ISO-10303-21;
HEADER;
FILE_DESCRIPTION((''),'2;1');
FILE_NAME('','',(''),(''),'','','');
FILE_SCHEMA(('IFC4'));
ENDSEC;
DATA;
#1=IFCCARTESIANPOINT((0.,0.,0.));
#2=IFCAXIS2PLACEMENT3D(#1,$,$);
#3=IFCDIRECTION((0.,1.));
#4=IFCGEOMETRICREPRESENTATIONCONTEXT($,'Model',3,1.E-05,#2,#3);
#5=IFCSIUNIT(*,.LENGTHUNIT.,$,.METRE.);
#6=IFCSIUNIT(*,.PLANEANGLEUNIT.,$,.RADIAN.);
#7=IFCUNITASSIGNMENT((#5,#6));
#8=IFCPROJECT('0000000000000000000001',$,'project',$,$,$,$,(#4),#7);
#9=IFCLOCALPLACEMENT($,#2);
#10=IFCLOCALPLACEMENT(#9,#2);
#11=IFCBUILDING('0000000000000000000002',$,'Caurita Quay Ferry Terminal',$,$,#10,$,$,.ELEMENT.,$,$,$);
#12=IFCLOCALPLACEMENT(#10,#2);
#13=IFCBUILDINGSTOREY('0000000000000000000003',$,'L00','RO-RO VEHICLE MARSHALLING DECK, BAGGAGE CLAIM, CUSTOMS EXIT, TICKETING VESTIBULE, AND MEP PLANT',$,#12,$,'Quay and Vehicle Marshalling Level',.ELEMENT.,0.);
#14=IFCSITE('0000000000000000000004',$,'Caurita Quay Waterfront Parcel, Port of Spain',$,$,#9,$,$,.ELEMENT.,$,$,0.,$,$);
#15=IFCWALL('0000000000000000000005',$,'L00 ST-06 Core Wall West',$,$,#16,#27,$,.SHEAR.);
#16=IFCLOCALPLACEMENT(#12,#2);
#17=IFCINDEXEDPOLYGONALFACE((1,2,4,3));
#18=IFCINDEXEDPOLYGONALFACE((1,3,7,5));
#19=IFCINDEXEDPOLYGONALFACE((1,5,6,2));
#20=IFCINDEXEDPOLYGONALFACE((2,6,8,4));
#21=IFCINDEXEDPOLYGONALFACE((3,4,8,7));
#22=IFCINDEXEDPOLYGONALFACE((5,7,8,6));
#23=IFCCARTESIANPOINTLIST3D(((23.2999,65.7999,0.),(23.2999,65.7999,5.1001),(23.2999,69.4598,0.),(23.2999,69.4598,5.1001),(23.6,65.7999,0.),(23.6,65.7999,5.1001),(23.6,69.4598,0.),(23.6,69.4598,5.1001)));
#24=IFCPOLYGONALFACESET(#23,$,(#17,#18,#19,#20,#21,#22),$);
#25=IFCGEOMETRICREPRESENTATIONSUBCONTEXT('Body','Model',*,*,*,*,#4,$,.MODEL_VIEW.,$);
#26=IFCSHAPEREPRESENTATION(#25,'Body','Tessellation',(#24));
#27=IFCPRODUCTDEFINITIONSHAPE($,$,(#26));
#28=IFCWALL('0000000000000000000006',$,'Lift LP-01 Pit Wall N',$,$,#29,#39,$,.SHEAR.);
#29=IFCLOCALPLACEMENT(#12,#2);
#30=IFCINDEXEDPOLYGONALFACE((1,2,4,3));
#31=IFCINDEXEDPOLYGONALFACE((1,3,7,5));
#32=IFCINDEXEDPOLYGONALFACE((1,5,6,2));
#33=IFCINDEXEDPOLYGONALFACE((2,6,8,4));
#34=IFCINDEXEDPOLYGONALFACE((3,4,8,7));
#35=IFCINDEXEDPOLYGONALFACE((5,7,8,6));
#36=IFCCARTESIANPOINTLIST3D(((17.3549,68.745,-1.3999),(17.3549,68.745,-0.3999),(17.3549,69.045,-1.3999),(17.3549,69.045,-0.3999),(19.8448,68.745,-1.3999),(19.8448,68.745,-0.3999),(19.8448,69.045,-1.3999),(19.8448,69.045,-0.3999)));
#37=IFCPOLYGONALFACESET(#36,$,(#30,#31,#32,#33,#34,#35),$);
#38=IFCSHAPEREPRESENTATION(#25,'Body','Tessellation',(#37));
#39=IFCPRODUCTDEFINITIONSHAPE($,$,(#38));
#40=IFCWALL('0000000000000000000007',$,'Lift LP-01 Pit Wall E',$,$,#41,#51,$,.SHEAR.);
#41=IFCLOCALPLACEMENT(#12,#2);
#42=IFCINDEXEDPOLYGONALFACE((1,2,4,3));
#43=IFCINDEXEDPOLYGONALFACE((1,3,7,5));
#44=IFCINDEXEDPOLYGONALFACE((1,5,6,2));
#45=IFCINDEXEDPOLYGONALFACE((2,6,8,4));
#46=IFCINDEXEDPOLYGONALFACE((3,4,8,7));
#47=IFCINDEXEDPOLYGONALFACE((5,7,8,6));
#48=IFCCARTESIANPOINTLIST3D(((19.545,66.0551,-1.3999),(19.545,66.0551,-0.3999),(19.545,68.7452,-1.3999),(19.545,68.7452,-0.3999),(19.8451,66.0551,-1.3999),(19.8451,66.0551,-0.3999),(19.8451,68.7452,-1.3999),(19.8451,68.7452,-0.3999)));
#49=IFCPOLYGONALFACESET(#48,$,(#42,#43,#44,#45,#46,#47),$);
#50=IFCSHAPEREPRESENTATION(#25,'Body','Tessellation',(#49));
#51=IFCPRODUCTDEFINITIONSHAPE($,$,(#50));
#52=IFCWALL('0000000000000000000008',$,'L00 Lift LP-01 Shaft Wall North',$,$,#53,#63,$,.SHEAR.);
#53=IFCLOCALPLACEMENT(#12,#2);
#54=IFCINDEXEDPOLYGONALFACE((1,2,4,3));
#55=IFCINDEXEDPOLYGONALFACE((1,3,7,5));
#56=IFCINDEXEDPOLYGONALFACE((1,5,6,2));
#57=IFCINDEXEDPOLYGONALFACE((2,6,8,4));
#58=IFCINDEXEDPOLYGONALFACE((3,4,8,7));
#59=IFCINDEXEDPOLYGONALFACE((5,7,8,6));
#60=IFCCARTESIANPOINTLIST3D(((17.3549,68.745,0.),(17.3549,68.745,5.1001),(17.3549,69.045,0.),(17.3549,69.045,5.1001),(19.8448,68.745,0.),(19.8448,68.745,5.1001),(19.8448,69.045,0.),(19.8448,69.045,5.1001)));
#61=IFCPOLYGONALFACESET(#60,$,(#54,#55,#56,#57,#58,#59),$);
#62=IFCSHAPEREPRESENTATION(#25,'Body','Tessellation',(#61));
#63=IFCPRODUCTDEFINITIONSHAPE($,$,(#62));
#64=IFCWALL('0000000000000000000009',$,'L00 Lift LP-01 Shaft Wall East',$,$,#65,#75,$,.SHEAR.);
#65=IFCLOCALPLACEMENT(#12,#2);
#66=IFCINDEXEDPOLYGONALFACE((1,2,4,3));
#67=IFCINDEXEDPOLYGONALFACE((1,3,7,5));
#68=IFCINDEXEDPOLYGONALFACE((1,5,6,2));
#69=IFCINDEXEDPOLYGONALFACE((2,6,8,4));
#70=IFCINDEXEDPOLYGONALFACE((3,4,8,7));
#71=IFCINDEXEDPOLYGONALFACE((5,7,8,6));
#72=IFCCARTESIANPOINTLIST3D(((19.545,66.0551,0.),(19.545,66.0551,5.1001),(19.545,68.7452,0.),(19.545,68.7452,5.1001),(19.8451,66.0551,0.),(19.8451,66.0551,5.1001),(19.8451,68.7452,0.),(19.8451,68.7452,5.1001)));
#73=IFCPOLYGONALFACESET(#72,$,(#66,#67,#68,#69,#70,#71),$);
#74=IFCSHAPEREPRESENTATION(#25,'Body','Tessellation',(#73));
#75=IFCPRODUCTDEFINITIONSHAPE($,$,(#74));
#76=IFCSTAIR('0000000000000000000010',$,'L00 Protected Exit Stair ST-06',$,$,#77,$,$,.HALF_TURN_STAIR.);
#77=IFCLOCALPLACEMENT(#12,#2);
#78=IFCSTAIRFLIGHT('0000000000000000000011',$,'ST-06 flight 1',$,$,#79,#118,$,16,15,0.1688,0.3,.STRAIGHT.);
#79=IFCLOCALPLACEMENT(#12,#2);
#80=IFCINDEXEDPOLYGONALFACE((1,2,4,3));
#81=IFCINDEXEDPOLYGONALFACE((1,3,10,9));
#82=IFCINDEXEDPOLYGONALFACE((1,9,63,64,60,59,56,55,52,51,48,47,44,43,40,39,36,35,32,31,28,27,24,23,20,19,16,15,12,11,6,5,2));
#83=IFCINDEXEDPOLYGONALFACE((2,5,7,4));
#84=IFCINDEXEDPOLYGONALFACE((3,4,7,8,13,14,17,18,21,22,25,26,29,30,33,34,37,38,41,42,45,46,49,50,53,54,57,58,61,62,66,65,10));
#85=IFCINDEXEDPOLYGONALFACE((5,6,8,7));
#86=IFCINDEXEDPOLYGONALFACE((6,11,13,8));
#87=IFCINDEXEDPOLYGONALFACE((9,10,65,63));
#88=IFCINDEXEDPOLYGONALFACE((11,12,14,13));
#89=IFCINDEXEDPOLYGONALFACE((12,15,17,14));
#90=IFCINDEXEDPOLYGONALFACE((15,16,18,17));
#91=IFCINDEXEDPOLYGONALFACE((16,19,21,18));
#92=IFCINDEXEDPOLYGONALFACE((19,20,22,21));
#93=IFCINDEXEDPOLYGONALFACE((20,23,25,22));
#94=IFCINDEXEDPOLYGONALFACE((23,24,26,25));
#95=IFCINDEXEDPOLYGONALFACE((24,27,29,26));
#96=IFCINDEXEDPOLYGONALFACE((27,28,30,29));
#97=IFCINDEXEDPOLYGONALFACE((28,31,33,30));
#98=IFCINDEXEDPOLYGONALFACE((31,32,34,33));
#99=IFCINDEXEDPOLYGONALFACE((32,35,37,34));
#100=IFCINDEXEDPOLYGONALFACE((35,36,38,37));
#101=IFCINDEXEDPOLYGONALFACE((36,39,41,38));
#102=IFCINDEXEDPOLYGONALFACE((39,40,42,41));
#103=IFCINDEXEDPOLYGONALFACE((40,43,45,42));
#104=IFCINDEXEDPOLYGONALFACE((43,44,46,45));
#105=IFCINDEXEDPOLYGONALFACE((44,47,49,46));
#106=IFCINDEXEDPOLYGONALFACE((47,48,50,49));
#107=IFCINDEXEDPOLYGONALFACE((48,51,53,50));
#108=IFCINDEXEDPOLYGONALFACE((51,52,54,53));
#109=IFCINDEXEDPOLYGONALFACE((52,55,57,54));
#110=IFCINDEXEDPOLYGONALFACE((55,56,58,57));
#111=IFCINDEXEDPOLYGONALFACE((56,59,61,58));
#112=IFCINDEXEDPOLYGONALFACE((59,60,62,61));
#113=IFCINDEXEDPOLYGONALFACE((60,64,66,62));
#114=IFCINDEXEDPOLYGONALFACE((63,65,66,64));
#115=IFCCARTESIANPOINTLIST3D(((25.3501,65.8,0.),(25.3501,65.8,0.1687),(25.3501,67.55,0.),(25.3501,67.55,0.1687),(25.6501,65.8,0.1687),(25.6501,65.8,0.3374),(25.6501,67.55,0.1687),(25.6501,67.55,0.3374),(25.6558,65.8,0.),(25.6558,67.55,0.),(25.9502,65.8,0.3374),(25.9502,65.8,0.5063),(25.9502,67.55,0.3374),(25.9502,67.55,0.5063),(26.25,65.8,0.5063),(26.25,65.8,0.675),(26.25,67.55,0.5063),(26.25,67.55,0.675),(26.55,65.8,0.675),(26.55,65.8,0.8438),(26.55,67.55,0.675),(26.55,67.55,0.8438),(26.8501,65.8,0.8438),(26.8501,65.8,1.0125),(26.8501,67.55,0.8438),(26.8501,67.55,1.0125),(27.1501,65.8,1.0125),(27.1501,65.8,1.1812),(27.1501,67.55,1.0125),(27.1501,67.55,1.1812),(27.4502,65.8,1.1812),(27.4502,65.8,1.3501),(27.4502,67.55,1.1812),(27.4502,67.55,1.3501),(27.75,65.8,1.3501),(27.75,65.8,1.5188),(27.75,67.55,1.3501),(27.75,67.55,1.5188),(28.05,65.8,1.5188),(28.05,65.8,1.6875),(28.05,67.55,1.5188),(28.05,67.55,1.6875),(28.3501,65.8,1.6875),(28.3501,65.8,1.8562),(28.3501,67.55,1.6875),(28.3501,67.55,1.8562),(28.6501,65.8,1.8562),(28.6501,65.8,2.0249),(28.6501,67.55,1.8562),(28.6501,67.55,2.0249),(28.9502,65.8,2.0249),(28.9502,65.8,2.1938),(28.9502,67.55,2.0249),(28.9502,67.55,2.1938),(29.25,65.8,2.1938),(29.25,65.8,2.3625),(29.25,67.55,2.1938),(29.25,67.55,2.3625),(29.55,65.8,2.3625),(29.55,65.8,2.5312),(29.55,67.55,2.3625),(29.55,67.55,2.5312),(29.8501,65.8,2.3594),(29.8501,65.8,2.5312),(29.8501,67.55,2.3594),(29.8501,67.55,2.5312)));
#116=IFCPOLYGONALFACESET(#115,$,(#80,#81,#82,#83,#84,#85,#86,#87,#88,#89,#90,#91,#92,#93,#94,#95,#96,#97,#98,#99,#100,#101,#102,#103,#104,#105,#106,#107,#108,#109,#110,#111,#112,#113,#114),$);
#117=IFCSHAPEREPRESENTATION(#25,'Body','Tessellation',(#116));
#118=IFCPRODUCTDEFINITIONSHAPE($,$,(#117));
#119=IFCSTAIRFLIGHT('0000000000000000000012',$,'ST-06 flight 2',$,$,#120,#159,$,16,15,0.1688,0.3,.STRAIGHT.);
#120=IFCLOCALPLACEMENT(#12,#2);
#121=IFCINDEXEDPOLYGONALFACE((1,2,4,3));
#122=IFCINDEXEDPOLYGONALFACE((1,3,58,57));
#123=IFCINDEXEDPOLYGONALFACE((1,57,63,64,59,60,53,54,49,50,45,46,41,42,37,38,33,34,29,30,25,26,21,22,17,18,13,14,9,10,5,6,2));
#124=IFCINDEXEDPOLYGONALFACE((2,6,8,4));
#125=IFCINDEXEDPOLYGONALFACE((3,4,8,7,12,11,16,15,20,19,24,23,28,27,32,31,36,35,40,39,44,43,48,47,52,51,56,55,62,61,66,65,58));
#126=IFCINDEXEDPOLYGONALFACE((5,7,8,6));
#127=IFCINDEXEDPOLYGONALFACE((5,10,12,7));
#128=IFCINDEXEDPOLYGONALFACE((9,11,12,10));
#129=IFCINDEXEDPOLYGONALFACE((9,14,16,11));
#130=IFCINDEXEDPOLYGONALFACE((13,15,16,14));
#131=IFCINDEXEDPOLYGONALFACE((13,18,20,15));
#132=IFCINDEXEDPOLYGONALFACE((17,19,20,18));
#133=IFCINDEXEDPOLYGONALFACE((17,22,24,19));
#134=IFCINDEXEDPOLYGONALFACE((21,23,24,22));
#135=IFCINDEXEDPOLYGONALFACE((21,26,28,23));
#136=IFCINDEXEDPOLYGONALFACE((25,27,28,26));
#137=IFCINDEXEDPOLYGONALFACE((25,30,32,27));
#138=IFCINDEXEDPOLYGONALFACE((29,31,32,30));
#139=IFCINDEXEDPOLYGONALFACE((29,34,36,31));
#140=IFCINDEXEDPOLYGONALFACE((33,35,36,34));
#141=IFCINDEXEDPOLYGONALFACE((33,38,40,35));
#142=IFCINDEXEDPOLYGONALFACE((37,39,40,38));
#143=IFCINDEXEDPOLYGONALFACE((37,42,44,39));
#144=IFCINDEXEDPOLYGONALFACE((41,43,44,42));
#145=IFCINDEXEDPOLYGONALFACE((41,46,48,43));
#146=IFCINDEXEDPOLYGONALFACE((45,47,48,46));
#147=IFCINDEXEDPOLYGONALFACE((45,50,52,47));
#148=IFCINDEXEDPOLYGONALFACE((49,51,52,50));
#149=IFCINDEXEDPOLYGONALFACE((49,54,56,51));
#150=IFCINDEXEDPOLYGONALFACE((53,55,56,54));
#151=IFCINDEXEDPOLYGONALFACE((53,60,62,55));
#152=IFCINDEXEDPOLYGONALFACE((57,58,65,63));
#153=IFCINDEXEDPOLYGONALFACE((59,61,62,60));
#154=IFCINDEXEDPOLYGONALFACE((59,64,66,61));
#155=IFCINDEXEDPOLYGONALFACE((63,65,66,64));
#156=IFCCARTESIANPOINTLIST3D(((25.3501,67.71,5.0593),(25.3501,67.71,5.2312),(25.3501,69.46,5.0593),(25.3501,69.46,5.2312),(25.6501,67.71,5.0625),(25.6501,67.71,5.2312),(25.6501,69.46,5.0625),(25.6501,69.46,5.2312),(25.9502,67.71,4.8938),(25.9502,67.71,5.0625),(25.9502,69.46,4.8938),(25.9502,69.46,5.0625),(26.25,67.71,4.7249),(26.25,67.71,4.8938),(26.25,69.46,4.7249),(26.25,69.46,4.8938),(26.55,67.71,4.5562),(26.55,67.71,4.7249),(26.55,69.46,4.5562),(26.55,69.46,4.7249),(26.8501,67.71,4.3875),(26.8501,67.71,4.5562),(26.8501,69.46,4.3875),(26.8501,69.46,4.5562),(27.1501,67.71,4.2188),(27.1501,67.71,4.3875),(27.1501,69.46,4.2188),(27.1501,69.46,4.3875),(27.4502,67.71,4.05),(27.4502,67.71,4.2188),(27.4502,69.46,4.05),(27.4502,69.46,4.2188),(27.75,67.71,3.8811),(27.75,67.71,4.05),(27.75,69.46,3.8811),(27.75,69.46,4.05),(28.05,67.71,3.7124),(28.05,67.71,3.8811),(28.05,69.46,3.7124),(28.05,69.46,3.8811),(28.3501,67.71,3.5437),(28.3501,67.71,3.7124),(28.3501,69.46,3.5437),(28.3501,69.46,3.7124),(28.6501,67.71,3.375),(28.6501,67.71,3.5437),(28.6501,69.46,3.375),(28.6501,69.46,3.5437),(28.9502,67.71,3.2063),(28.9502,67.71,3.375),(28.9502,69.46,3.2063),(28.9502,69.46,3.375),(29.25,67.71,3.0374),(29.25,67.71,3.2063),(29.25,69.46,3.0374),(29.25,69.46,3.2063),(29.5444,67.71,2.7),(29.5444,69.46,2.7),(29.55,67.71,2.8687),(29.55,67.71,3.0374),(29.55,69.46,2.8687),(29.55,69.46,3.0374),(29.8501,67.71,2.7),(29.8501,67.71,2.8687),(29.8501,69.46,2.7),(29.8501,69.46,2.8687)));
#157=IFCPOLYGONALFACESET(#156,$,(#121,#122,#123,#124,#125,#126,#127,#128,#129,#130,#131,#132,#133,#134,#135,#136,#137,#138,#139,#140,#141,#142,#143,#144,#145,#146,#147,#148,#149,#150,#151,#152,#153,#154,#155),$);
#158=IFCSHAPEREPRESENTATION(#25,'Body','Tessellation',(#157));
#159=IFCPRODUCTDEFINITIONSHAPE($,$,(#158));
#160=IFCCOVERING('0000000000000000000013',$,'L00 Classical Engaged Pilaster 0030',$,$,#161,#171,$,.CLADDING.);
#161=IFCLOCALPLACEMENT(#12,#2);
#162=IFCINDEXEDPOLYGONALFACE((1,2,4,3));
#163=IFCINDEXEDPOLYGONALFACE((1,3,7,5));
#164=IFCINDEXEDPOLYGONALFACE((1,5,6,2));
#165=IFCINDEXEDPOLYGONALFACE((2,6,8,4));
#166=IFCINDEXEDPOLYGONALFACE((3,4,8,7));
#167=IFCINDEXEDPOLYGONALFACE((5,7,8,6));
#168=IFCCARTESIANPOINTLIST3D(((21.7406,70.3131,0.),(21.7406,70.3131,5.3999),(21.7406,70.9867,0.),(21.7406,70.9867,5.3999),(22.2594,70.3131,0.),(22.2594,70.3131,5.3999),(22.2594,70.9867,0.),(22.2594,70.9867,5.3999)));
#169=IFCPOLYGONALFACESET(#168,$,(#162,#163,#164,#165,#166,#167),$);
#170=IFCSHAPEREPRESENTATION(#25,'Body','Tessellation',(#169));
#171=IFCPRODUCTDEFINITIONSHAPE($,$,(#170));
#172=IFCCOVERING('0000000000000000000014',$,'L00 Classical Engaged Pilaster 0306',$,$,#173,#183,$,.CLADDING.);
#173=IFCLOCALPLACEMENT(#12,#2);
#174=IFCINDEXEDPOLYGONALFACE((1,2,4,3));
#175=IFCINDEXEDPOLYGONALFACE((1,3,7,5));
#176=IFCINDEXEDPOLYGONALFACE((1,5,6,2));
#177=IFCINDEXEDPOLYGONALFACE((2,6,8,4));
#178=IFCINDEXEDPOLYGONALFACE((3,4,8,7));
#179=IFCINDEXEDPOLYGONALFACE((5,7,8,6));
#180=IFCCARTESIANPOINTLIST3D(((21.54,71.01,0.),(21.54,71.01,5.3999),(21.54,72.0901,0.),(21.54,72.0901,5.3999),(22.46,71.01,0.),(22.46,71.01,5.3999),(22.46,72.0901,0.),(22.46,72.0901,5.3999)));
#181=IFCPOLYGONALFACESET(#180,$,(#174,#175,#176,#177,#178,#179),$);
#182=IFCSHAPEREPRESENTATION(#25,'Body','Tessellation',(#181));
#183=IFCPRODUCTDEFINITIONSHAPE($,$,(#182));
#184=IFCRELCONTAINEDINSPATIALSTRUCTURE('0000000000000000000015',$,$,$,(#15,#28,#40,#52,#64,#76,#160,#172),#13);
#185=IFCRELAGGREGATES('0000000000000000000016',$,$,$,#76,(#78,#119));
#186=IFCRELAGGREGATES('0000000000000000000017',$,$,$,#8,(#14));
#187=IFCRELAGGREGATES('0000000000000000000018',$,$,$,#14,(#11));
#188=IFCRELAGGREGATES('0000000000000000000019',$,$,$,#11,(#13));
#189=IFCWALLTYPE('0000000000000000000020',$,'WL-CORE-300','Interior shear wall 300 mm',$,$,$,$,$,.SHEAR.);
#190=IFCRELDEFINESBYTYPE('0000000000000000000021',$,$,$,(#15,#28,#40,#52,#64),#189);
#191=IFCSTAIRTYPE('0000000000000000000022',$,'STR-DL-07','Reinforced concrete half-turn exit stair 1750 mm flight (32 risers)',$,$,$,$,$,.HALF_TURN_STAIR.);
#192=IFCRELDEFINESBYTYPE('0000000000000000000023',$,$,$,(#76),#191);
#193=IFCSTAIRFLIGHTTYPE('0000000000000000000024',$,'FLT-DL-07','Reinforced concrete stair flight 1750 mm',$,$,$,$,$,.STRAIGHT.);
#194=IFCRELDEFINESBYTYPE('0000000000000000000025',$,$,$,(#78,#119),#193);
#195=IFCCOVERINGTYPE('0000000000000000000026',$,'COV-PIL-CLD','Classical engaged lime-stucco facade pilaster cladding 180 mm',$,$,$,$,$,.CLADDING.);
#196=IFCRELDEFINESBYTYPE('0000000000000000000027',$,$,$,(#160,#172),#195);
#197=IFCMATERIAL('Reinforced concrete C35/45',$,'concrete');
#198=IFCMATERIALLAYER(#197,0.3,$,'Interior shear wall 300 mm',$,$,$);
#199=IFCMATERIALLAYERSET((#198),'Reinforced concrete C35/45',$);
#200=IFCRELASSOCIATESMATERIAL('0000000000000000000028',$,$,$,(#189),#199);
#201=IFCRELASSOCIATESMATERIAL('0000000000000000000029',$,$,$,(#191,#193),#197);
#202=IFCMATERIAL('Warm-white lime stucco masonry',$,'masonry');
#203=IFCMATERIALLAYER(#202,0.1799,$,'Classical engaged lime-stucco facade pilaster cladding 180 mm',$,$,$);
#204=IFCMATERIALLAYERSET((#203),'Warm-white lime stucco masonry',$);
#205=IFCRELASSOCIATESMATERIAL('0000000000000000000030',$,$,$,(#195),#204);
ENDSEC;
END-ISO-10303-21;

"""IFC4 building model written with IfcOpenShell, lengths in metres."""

from ifc_helpers import new_model, si_unit, direction, frame, frame_2d, origin, origin_2d, place, context, subcontext, project, spatial, polyline, rectangle, outline, extrude, material, layer, layer_set, type_object, element, aggregate, save


model = new_model("IFC4")

# Units and contexts
model_context = context("Model", 3, precision=1e-05, world=origin(), true_north=direction((0.0, 1.0)))
body_context = subcontext(model_context, "Body", "Model", "MODEL_VIEW")
ifc_project = project(units=[si_unit("LENGTHUNIT", "METRE"), si_unit("PLANEANGLEUNIT", "RADIAN")], contexts=[model_context])

# Site, building, storey
site_placement = place(None, origin())
site = spatial("IfcSite", under=ifc_project, at=site_placement, Name="Caurita Quay Waterfront Parcel, Port of Spain", CompositionType="ELEMENT", RefElevation=0.0)
building_placement = place(site_placement, origin())
building = spatial("IfcBuilding", under=site, at=building_placement, Name="Caurita Quay Ferry Terminal", CompositionType="ELEMENT")
storey_placement = place(building_placement, origin())
storey = spatial("IfcBuildingStorey", under=building, at=storey_placement, Name="L00", Description="RO-RO VEHICLE MARSHALLING DECK, BAGGAGE CLAIM, CUSTOMS EXIT, TICKETING VESTIBULE, AND MEP PLANT", LongName="Quay and Vehicle Marshalling Level", CompositionType="ELEMENT", Elevation=0.0)

# Walls
ifc_material_1 = material(Name="Reinforced concrete C35/45", Category="concrete")
ifc_layer_1 = layer(ifc_material_1, 0.3, Name="Interior shear wall 300 mm")
ifc_layer_set_1 = layer_set([ifc_layer_1], Name="Reinforced concrete C35/45")
wall_type = type_object("IfcWallType", Name="WL-CORE-300", Description="Interior shear wall 300 mm", PredefinedType="SHEAR", material=ifc_layer_set_1)
wall_1_placement = place(storey_placement, frame((23.45, 69.46, 0.0), z_axis=(0.0, 0.0, 1.0), x_axis=(0.0, -1.0, 0.0)))
element("IfcWall", 1, at=wall_1_placement, inside=storey, type_object=wall_type, Name="L00 ST-06 Core Wall West", PredefinedType="SHEAR", context=body_context, shape_type="SweptSolid", body=[
    extrude(rectangle(XDim=3.6599, YDim=0.3, at=frame_2d((1.8301, 0.0))), origin(), (0.0, 0.0, 1.0), 5.1001),
])
wall_2_placement = place(storey_placement, frame((19.845, 68.895, -1.3999), z_axis=(0.0, 0.0, 1.0), x_axis=(-1.0, 0.0, 0.0)))
element("IfcWall", 2, at=wall_2_placement, inside=storey, type_object=wall_type, Name="Lift LP-01 Pit Wall N", PredefinedType="SHEAR", context=body_context, shape_type="SweptSolid", body=[
    extrude(rectangle(XDim=2.49, YDim=0.3, at=frame_2d((1.2451, 0.0))), origin(), (0.0, 0.0, 1.0), 1.0),
])
wall_3_placement = place(storey_placement, frame((19.6951, 66.0549, -1.3999), z_axis=(0.0, 0.0, 1.0), x_axis=(0.0, 1.0, 0.0)))
element("IfcWall", 3, at=wall_3_placement, inside=storey, type_object=wall_type, Name="Lift LP-01 Pit Wall E", PredefinedType="SHEAR", context=body_context, shape_type="SweptSolid", body=[
    extrude(rectangle(XDim=2.6902, YDim=0.3, at=frame_2d((1.3452, 0.0))), origin(), (0.0, 0.0, 1.0), 1.0),
])
wall_4_placement = place(storey_placement, frame((19.845, 68.895, 0.0), z_axis=(0.0, 0.0, 1.0), x_axis=(-1.0, 0.0, 0.0)))
element("IfcWall", 4, at=wall_4_placement, inside=storey, type_object=wall_type, Name="L00 Lift LP-01 Shaft Wall North", PredefinedType="SHEAR", context=body_context, shape_type="SweptSolid", body=[
    extrude(rectangle(XDim=2.49, YDim=0.3, at=frame_2d((1.2451, 0.0))), origin(), (0.0, 0.0, 1.0), 5.1001),
])
wall_5_placement = place(storey_placement, frame((19.6951, 66.0549, 0.0), z_axis=(0.0, 0.0, 1.0), x_axis=(0.0, 1.0, 0.0)))
element("IfcWall", 5, at=wall_5_placement, inside=storey, type_object=wall_type, Name="L00 Lift LP-01 Shaft Wall East", PredefinedType="SHEAR", context=body_context, shape_type="SweptSolid", body=[
    extrude(rectangle(XDim=2.6902, YDim=0.3, at=frame_2d((1.3452, 0.0))), origin(), (0.0, 0.0, 1.0), 5.1001),
])

# Stair, stair flights
stair_type = type_object("IfcStairType", Name="STR-DL-07", Description="Reinforced concrete half-turn exit stair 1750 mm flight (32 risers)", PredefinedType="HALF_TURN_STAIR", material=ifc_material_1)
stair_placement = place(storey_placement, origin())
stair = element("IfcStair", 6, at=stair_placement, inside=storey, type_object=stair_type, Name="L00 Protected Exit Stair ST-06", PredefinedType="HALF_TURN_STAIR")
stair_flight_type = type_object("IfcStairFlightType", Name="FLT-DL-07", Description="Reinforced concrete stair flight 1750 mm", PredefinedType="STRAIGHT", material=ifc_material_1)
stair_flight_1_placement = place(storey_placement, frame((25.3501, 66.675, 0.0), z_axis=(0.0, 0.0, 1.0), x_axis=(1.0, 0.0, 0.0)))
stair_flight_1 = element("IfcStairFlight", 7, at=stair_flight_1_placement, type_object=stair_flight_type, Name="ST-06 flight 1", NumberOfRisers=16, NumberOfTreads=15, PredefinedType="STRAIGHT", RiserHeight=0.1688, TreadLength=0.3, context=body_context, shape_type="SweptSolid", body=[
    extrude(outline(polyline([(0.0, 0.0), (0.0, 0.1687), (0.3, 0.1687), (0.3, 0.3374), (0.6001, 0.3374), (0.6001, 0.5063), (0.8999, 0.5063), (0.8999, 0.675), (1.2, 0.675), (1.2, 0.8438), (1.5, 0.8438), (1.5, 1.0125), (1.8, 1.0125), (1.8, 1.1812), (2.1001, 1.1812), (2.1001, 1.3501), (2.3999, 1.3501), (2.3999, 1.5188), (2.7, 1.5188), (2.7, 1.6875), (3.0, 1.6875), (3.0, 1.8562), (3.3, 1.8562), (3.3, 2.0249), (3.6001, 2.0249), (3.6001, 2.1938), (3.8999, 2.1938), (3.8999, 2.3625), (4.2, 2.3625), (4.2, 2.5312), (4.5, 2.5312), (4.5, 2.7), (4.5, 2.3594), (0.3057, 0.0), (0.0, 0.0)])), frame((0.0, 0.875, 0.0), z_axis=(0.0, -1.0, 0.0), x_axis=(1.0, 0.0, 0.0)), (0.0, 0.0, 1.0), 1.75),
])
stair_flight_2_placement = place(storey_placement, frame((29.8501, 68.585, 2.7), z_axis=(0.0, 0.0, 1.0), x_axis=(-1.0, 0.0, 0.0)))
stair_flight_2 = element("IfcStairFlight", 8, at=stair_flight_2_placement, type_object=stair_flight_type, Name="ST-06 flight 2", NumberOfRisers=16, NumberOfTreads=15, PredefinedType="STRAIGHT", RiserHeight=0.1688, TreadLength=0.3, context=body_context, shape_type="SweptSolid", body=[
    extrude(outline(polyline([(0.0, 0.0), (0.0, 0.1687), (0.3, 0.1687), (0.3, 0.3374), (0.6001, 0.3374), (0.6001, 0.5063), (0.8999, 0.5063), (0.8999, 0.675), (1.2, 0.675), (1.2, 0.8438), (1.5, 0.8438), (1.5, 1.0125), (1.8, 1.0125), (1.8, 1.1812), (2.1001, 1.1812), (2.1001, 1.3501), (2.3999, 1.3501), (2.3999, 1.5188), (2.7, 1.5188), (2.7, 1.6875), (3.0, 1.6875), (3.0, 1.8562), (3.3, 1.8562), (3.3, 2.0249), (3.6001, 2.0249), (3.6001, 2.1938), (3.8999, 2.1938), (3.8999, 2.3625), (4.2, 2.3625), (4.2, 2.5312), (4.5, 2.5312), (4.5, 2.7), (4.5, 2.3594), (0.3057, 0.0), (0.0, 0.0)])), frame((0.0, 0.875, 0.0), z_axis=(0.0, -1.0, 0.0), x_axis=(1.0, 0.0, 0.0)), (0.0, 0.0, 1.0), 1.75),
])
aggregate(stair, [stair_flight_1, stair_flight_2])

# Coverings
ifc_material_2 = material(Name="Warm-white lime stucco masonry", Category="masonry")
ifc_layer_2 = layer(ifc_material_2, 0.1799, Name="Classical engaged lime-stucco facade pilaster cladding 180 mm")
ifc_layer_set_2 = layer_set([ifc_layer_2], Name="Warm-white lime stucco masonry")
covering_type = type_object("IfcCoveringType", Name="COV-PIL-CLD", Description="Classical engaged lime-stucco facade pilaster cladding 180 mm", PredefinedType="CLADDING", material=ifc_layer_set_2)
covering_1_placement = place(storey_placement, frame((22.0, 70.6499, 0.0), z_axis=(0.0, 0.0, 1.0), x_axis=(1.0, 0.0, 0.0)))
element("IfcCovering", 9, at=covering_1_placement, inside=storey, type_object=covering_type, Name="L00 Classical Engaged Pilaster 0030", PredefinedType="CLADDING", context=body_context, shape_type="SweptSolid", body=[
    extrude(rectangle(XDim=0.5188, YDim=0.6736, at=origin_2d()), origin(), (0.0, 0.0, 1.0), 5.3999),
])
covering_2_placement = place(storey_placement, frame((22.0, 71.55, 0.0), z_axis=(0.0, 0.0, 1.0), x_axis=(1.0, 0.0, 0.0)))
element("IfcCovering", 10, at=covering_2_placement, inside=storey, type_object=covering_type, Name="L00 Classical Engaged Pilaster 0306", PredefinedType="CLADDING", context=body_context, shape_type="SweptSolid", body=[
    extrude(rectangle(XDim=0.9199, YDim=1.0801, at=origin_2d()), origin(), (0.0, 0.0, 1.0), 5.3999),
])

save(model, "model.ifc")
